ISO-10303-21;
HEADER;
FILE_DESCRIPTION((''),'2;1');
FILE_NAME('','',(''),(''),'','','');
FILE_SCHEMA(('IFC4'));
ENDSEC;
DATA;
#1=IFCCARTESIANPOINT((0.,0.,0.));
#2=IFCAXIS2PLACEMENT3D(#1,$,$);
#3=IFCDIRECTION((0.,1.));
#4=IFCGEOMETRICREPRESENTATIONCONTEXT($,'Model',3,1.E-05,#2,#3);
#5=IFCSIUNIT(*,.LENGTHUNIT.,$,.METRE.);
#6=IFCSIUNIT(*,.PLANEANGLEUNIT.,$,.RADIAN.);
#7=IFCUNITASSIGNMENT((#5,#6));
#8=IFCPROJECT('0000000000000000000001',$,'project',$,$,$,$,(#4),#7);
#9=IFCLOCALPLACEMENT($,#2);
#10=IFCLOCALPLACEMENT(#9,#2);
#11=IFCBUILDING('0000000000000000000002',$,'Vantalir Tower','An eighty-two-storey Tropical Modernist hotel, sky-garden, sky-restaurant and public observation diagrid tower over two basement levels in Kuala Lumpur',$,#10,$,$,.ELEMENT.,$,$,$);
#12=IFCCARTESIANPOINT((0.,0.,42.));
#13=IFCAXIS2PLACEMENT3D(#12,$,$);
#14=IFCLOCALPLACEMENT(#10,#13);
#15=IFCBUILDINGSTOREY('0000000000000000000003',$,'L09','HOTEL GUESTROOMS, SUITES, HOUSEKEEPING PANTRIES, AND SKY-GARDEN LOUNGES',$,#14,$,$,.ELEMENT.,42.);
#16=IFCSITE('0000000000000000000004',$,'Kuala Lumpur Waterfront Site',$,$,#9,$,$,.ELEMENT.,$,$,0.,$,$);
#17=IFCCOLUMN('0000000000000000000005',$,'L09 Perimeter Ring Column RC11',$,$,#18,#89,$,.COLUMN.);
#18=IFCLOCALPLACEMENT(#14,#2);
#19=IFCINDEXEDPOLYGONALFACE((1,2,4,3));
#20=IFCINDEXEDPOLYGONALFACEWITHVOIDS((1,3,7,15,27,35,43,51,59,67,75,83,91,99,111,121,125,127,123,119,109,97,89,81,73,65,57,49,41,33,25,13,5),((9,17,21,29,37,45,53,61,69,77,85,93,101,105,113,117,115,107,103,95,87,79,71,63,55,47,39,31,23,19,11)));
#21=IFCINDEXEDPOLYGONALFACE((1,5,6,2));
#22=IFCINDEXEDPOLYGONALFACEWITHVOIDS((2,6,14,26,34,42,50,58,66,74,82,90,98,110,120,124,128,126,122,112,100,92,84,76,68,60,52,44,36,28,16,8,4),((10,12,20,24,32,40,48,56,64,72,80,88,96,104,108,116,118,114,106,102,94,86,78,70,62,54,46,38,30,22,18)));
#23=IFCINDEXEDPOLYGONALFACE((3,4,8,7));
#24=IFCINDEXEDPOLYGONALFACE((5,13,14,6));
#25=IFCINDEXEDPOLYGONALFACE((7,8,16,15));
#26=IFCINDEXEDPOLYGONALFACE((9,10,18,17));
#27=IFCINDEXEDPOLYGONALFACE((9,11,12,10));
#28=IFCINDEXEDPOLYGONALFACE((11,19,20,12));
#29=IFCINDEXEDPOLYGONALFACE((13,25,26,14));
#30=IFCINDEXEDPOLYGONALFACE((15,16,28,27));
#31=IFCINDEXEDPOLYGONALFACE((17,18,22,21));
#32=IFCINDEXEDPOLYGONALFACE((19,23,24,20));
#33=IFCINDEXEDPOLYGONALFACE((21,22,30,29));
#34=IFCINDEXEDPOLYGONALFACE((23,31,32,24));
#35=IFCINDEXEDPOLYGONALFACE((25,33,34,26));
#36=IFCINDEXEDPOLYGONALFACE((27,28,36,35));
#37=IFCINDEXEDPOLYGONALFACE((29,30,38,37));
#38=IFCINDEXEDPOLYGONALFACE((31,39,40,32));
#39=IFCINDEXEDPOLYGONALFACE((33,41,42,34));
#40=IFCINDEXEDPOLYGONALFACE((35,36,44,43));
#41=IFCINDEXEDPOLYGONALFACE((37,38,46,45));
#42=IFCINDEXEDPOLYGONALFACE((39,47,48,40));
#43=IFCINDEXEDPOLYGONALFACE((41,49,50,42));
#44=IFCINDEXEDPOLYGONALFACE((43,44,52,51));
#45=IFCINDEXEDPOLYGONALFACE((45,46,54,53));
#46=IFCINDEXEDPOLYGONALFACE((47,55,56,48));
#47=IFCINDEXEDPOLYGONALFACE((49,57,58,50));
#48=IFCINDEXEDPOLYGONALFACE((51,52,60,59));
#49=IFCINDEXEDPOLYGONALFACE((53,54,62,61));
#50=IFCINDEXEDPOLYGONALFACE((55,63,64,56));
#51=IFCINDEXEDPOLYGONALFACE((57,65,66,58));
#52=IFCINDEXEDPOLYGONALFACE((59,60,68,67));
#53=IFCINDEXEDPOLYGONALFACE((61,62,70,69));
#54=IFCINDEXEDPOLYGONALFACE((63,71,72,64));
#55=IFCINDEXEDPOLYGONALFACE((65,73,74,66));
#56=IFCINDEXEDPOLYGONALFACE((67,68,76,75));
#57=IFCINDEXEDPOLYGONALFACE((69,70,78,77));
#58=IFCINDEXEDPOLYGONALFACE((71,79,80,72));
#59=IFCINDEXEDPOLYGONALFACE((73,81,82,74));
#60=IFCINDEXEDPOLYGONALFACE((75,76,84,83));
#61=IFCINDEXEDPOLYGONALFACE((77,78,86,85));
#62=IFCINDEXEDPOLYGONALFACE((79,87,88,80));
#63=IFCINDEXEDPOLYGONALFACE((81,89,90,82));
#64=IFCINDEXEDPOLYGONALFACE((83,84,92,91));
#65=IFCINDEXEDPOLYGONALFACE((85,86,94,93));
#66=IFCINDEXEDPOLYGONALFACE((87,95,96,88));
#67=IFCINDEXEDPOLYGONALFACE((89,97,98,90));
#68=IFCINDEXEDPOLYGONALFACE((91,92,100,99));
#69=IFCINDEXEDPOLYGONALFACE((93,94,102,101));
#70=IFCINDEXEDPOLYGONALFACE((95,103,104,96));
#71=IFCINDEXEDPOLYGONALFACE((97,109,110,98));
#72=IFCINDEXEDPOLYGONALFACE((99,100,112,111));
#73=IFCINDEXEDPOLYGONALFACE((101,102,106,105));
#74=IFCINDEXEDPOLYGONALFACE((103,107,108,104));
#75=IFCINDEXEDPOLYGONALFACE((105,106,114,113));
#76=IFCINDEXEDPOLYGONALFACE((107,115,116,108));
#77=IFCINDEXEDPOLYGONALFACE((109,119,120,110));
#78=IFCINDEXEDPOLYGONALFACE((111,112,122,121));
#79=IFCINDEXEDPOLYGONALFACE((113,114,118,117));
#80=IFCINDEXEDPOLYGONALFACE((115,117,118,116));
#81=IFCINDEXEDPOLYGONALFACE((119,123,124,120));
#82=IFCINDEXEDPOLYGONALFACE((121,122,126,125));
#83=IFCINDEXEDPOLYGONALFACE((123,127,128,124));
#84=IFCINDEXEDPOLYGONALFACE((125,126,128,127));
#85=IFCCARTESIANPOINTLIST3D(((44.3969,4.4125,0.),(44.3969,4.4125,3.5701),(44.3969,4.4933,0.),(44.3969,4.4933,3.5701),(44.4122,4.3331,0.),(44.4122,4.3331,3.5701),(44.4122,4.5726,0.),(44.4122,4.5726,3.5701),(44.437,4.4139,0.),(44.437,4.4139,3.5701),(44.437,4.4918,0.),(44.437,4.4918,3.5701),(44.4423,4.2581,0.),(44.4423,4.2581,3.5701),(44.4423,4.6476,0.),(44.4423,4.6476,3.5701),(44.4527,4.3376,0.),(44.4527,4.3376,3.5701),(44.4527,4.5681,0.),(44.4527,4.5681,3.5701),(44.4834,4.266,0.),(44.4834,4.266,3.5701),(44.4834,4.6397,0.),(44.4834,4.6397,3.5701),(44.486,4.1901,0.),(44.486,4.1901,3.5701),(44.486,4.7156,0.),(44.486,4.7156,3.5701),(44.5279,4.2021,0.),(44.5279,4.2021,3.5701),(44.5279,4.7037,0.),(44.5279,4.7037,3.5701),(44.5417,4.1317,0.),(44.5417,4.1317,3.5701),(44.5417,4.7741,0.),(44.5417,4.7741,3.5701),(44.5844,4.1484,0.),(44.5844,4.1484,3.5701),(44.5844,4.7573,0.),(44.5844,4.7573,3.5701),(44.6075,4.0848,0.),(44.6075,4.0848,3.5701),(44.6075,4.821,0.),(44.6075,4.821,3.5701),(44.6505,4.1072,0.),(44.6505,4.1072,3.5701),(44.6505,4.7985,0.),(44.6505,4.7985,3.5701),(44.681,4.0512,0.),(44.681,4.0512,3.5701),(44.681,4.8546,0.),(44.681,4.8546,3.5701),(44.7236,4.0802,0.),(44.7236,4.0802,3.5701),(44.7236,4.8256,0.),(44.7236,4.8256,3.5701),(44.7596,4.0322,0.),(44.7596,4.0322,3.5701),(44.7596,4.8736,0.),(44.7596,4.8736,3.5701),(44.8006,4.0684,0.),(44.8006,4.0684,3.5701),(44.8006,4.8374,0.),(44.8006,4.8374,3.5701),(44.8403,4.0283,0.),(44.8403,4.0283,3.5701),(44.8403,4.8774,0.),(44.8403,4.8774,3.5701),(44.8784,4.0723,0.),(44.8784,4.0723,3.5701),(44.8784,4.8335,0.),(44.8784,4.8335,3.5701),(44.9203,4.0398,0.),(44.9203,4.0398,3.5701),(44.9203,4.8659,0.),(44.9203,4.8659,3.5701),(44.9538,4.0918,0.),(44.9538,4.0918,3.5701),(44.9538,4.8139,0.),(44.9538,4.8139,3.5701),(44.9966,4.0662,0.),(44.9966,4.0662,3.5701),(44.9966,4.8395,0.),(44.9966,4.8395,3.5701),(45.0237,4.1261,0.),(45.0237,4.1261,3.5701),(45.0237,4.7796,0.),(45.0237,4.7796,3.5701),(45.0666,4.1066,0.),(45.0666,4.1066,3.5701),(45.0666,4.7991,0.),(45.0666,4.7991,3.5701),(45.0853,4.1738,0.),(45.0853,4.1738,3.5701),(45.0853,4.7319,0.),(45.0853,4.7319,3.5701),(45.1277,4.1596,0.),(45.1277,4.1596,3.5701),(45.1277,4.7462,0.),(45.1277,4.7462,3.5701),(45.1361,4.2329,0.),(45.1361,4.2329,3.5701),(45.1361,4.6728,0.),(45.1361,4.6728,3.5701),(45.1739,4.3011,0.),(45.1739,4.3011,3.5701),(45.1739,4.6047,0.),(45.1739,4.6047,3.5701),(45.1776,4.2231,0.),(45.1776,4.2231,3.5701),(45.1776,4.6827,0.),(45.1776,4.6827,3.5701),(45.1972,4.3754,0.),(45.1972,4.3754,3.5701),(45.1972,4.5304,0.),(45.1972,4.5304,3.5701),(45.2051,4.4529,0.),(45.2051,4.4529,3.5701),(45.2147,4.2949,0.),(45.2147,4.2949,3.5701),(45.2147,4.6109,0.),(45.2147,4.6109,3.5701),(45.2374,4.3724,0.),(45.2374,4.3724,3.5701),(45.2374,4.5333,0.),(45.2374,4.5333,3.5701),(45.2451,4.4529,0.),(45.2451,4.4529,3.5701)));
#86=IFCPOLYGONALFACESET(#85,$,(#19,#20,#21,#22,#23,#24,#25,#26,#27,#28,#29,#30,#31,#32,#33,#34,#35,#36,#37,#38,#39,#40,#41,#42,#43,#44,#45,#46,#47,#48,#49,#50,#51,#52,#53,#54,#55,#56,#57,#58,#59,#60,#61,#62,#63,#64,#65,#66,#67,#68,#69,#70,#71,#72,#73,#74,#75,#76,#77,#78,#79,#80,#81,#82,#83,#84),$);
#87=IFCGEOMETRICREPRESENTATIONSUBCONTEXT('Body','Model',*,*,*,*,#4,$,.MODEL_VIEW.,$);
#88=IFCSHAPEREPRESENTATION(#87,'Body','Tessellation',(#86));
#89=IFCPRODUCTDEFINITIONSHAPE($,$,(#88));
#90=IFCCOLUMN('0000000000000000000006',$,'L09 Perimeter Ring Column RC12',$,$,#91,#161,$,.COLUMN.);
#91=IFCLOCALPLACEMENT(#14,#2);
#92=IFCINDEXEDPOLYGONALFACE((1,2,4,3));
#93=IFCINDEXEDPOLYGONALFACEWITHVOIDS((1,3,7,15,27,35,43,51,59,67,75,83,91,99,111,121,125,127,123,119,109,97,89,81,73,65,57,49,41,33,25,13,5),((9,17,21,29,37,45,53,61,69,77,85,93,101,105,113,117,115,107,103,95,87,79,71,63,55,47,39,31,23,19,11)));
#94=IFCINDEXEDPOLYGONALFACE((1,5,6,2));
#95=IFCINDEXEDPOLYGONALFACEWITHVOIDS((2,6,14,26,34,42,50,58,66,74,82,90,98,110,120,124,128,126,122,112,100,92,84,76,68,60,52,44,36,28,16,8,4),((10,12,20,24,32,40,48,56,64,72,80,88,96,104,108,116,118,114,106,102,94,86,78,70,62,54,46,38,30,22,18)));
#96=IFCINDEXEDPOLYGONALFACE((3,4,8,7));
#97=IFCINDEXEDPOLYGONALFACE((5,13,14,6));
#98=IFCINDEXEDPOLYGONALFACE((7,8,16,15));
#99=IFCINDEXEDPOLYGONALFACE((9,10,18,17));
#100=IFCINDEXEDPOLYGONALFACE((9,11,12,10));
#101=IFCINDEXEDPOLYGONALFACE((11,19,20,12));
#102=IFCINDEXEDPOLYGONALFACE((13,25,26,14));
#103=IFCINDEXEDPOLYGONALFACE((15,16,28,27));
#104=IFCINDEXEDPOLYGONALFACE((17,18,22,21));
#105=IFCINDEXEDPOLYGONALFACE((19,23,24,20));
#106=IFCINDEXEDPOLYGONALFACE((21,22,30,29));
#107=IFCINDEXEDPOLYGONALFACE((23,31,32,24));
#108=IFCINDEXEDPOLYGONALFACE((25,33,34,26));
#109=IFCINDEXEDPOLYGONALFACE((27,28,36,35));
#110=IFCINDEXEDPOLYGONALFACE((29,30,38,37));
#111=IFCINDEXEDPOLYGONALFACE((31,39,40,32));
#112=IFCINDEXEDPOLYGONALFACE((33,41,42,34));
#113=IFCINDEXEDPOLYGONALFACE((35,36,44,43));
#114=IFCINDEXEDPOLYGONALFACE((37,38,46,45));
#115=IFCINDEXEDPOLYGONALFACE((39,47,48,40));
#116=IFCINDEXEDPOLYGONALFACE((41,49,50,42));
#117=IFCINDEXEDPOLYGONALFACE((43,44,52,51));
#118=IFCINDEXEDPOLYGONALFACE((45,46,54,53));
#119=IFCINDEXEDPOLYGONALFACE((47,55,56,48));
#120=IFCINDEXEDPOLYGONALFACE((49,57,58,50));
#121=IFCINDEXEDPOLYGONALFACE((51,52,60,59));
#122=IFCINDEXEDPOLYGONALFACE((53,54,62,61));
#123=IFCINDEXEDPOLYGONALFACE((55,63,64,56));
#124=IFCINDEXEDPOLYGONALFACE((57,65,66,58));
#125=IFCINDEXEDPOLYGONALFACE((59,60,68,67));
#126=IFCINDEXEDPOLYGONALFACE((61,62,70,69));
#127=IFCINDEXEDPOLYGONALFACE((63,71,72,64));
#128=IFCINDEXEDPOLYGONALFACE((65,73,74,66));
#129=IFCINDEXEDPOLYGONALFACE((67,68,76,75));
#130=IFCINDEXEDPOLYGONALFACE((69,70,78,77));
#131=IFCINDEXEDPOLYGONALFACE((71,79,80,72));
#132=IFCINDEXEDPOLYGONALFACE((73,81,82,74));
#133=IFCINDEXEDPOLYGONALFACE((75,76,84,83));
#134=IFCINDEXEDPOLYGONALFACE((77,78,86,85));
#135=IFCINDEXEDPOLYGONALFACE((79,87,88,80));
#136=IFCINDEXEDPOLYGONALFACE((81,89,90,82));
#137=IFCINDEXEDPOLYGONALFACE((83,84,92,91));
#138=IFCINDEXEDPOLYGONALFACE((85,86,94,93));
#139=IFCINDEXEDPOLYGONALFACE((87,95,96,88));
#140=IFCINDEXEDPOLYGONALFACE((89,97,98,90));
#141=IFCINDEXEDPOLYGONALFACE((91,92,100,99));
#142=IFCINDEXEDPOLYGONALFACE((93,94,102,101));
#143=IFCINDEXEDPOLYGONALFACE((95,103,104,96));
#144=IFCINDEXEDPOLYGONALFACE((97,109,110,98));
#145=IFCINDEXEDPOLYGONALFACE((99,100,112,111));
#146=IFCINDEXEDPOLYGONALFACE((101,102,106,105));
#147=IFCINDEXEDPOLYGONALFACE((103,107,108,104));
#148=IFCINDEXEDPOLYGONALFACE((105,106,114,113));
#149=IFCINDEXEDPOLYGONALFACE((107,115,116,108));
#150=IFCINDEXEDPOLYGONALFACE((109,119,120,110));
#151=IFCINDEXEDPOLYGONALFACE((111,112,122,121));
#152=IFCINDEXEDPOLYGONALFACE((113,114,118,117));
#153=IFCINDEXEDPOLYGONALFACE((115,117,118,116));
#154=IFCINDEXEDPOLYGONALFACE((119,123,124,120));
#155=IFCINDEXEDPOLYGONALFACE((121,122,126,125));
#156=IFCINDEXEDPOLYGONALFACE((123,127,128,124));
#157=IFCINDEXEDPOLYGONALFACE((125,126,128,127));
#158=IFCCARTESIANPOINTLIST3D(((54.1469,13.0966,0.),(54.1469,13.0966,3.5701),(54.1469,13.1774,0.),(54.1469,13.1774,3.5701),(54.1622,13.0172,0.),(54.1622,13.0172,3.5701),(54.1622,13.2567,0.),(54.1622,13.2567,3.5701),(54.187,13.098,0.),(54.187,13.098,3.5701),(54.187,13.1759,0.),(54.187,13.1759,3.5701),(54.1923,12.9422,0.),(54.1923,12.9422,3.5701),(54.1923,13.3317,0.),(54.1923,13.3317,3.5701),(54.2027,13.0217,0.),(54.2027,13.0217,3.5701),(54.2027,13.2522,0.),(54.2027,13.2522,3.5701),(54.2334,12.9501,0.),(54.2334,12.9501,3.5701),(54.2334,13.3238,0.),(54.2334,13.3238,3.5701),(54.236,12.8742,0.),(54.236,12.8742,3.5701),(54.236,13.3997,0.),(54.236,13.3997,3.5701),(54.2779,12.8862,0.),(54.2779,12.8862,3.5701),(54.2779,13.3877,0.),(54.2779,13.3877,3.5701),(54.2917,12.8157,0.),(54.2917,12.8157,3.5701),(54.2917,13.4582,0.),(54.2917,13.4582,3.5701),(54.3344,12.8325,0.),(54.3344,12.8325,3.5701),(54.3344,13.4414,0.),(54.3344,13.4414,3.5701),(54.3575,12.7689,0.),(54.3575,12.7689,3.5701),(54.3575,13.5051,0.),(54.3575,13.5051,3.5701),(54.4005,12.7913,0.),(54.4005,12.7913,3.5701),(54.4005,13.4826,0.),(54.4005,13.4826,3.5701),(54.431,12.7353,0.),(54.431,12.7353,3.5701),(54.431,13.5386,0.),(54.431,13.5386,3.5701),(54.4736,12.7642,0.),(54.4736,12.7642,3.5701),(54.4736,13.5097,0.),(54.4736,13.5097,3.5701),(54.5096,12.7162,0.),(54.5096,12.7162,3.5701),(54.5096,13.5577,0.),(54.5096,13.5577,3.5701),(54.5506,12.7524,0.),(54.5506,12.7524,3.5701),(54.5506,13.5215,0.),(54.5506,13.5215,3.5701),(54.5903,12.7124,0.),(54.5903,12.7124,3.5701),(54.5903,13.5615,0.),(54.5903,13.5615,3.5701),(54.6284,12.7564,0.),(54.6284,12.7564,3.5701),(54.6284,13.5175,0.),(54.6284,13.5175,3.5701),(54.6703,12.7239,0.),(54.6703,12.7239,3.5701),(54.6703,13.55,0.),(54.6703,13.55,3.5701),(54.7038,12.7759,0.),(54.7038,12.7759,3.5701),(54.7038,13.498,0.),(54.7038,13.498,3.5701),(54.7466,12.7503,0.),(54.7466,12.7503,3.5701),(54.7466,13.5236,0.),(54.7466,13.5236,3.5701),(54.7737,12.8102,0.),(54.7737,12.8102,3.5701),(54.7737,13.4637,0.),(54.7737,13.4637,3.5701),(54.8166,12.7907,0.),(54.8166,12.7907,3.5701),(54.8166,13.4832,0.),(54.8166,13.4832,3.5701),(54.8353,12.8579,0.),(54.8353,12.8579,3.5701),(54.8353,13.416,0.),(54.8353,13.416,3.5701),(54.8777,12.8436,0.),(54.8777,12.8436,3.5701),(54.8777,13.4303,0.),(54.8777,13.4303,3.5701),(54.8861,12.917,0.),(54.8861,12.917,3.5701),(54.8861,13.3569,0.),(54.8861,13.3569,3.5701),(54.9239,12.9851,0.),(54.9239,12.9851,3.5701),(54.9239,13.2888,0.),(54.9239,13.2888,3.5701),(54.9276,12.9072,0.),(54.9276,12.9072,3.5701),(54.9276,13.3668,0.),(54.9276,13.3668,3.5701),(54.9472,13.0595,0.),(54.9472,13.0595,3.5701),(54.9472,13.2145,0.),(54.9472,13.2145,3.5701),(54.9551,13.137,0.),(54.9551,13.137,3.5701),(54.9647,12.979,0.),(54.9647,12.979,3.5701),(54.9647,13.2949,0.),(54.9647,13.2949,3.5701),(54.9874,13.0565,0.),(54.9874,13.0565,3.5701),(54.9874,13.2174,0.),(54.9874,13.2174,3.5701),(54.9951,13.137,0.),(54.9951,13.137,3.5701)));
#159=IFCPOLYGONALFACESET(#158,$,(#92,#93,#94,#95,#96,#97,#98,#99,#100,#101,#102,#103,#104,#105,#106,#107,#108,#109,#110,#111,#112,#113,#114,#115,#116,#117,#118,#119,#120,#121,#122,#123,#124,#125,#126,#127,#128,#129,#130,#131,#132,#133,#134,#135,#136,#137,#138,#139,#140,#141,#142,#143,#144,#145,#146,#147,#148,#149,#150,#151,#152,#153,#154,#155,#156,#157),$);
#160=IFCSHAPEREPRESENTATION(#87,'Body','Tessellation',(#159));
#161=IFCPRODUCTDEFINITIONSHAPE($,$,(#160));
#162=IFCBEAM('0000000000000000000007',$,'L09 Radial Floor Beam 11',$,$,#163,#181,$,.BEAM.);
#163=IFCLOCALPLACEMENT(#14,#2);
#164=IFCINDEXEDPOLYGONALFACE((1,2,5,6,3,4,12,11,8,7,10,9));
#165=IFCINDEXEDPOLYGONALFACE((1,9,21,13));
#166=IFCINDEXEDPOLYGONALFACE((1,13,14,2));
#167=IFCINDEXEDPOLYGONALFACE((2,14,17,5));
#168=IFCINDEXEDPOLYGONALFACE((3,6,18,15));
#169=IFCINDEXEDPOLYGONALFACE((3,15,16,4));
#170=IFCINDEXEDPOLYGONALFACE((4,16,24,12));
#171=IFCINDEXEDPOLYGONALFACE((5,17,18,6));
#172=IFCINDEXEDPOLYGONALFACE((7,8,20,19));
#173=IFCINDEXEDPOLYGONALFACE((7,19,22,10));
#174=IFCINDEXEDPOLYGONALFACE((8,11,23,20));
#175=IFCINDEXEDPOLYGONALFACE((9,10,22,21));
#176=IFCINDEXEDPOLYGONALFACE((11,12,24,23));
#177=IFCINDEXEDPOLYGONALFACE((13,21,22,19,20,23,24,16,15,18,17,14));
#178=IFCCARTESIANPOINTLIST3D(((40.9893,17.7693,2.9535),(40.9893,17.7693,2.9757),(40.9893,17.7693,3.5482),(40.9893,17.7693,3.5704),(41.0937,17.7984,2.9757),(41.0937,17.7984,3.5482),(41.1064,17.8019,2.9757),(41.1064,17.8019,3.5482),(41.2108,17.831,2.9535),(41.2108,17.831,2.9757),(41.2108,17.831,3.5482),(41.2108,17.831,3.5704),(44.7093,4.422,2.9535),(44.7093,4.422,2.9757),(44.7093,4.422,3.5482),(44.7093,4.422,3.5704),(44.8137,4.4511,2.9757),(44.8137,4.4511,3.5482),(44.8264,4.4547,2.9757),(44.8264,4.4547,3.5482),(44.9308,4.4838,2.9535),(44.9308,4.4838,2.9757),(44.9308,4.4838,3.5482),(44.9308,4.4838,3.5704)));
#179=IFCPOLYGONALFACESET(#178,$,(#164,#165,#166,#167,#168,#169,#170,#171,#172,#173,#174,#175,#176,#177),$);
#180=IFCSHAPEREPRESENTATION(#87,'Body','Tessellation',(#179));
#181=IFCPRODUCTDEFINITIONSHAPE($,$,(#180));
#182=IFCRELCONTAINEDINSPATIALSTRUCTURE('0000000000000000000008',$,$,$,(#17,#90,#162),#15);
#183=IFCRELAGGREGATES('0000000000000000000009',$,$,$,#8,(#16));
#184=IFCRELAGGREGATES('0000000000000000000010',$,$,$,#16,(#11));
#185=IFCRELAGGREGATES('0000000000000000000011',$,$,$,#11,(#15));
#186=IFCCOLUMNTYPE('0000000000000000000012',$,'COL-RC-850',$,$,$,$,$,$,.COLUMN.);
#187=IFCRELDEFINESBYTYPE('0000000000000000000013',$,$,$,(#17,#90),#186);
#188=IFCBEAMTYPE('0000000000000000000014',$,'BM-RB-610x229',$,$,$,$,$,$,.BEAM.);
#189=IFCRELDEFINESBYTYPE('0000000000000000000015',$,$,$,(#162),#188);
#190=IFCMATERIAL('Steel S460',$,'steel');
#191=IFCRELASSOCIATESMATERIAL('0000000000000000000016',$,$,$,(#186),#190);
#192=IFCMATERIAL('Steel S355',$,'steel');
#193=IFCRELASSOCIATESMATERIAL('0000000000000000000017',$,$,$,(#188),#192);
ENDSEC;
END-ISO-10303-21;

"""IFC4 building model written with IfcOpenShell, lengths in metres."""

from ifc_helpers import new_model, si_unit, direction, frame, origin, origin_2d, place, context, subcontext, project, spatial, hollow_circle, i_section, extrude, material, material_profile, profile_set, type_object, element, save


model = new_model("IFC4")

# Units and contexts
model_context = context("Model", 3, precision=1e-05, world=origin(), true_north=direction((0.0, 1.0)))
body_context = subcontext(model_context, "Body", "Model", "MODEL_VIEW")
ifc_project = project(units=[si_unit("LENGTHUNIT", "METRE"), si_unit("PLANEANGLEUNIT", "RADIAN")], contexts=[model_context])

# Site, building, storey
site_placement = place(None, origin())
site = spatial("IfcSite", under=ifc_project, at=site_placement, Name="Kuala Lumpur Waterfront Site", CompositionType="ELEMENT", RefElevation=0.0)
building_placement = place(site_placement, origin())
building = spatial("IfcBuilding", under=site, at=building_placement, Name="Vantalir Tower", Description="An eighty-two-storey Tropical Modernist hotel, sky-garden, sky-restaurant and public observation diagrid tower over two basement levels in Kuala Lumpur", CompositionType="ELEMENT")
storey_placement = place(building_placement, frame((0.0, 0.0, 42.0)))
storey = spatial("IfcBuildingStorey", under=building, at=storey_placement, Name="L09", Description="HOTEL GUESTROOMS, SUITES, HOUSEKEEPING PANTRIES, AND SKY-GARDEN LOUNGES", CompositionType="ELEMENT", Elevation=42.0)

# Columns
ifc_material_1 = material(Name="Steel S460", Category="steel")
ifc_material_profile_1 = material_profile(ifc_material_1, hollow_circle(Radius=0.425, WallThickness=0.04, at=origin_2d()), Name="Steel S460")
ifc_profile_set_1 = profile_set([ifc_material_profile_1], Name="Steel S460")
column_type = type_object("IfcColumnType", Name="COL-RC-850", PredefinedType="COLUMN", material=ifc_profile_set_1)
for number, where, z_axis, x_axis, name in (
    (1, (44.8201, 4.4529, 0.0), (0.0, 0.0, 1.0), (1.0, 0.0, 0.0), "L09 Perimeter Ring Column RC11"),
    (2, (54.5701, 13.137, 0.0), (0.0, 0.0, 1.0), (1.0, 0.0, 0.0), "L09 Perimeter Ring Column RC12"),
):
    element("IfcColumn", number, at=place(storey_placement, frame(where, z_axis=z_axis, x_axis=x_axis)), inside=storey, type_object=column_type, Name=name, PredefinedType="COLUMN", context=body_context, shape_type="SweptSolid", body=[
        extrude(hollow_circle(Radius=0.425, WallThickness=0.04, at=origin_2d()), origin(), (0.0, 0.0, 1.0), 3.5701),
    ])

# Beam
ifc_material_2 = material(Name="Steel S355", Category="steel")
ifc_material_profile_2 = material_profile(ifc_material_2, i_section(OverallWidth=0.23, OverallDepth=0.6169, WebThickness=0.0132, FlangeThickness=0.0222, at=origin_2d()), Name="Steel S355")
ifc_profile_set_2 = profile_set([ifc_material_profile_2], Name="Steel S355")
beam_type_1 = type_object("IfcBeamType", Name="BM-RB-610x229", PredefinedType="BEAM", material=ifc_profile_set_2)
beam_1_placement = place(storey_placement, frame((44.8201, 4.4529, 3.262), z_axis=(-0.268476, 0.963286, 0.0), x_axis=(-0.963286, -0.268476, 0.0)))
element("IfcBeam", 3, at=beam_1_placement, inside=storey, type_object=beam_type_1, Name="L09 Radial Floor Beam 11", PredefinedType="BEAM", context=body_context, shape_type="SweptSolid", body=[
    extrude(i_section(OverallWidth=0.23, OverallDepth=0.6169, WebThickness=0.0132, FlangeThickness=0.0222, at=origin_2d()), origin(), (0.0, 0.0, 1.0), 13.856),
])

save(model, "model.ifc")
